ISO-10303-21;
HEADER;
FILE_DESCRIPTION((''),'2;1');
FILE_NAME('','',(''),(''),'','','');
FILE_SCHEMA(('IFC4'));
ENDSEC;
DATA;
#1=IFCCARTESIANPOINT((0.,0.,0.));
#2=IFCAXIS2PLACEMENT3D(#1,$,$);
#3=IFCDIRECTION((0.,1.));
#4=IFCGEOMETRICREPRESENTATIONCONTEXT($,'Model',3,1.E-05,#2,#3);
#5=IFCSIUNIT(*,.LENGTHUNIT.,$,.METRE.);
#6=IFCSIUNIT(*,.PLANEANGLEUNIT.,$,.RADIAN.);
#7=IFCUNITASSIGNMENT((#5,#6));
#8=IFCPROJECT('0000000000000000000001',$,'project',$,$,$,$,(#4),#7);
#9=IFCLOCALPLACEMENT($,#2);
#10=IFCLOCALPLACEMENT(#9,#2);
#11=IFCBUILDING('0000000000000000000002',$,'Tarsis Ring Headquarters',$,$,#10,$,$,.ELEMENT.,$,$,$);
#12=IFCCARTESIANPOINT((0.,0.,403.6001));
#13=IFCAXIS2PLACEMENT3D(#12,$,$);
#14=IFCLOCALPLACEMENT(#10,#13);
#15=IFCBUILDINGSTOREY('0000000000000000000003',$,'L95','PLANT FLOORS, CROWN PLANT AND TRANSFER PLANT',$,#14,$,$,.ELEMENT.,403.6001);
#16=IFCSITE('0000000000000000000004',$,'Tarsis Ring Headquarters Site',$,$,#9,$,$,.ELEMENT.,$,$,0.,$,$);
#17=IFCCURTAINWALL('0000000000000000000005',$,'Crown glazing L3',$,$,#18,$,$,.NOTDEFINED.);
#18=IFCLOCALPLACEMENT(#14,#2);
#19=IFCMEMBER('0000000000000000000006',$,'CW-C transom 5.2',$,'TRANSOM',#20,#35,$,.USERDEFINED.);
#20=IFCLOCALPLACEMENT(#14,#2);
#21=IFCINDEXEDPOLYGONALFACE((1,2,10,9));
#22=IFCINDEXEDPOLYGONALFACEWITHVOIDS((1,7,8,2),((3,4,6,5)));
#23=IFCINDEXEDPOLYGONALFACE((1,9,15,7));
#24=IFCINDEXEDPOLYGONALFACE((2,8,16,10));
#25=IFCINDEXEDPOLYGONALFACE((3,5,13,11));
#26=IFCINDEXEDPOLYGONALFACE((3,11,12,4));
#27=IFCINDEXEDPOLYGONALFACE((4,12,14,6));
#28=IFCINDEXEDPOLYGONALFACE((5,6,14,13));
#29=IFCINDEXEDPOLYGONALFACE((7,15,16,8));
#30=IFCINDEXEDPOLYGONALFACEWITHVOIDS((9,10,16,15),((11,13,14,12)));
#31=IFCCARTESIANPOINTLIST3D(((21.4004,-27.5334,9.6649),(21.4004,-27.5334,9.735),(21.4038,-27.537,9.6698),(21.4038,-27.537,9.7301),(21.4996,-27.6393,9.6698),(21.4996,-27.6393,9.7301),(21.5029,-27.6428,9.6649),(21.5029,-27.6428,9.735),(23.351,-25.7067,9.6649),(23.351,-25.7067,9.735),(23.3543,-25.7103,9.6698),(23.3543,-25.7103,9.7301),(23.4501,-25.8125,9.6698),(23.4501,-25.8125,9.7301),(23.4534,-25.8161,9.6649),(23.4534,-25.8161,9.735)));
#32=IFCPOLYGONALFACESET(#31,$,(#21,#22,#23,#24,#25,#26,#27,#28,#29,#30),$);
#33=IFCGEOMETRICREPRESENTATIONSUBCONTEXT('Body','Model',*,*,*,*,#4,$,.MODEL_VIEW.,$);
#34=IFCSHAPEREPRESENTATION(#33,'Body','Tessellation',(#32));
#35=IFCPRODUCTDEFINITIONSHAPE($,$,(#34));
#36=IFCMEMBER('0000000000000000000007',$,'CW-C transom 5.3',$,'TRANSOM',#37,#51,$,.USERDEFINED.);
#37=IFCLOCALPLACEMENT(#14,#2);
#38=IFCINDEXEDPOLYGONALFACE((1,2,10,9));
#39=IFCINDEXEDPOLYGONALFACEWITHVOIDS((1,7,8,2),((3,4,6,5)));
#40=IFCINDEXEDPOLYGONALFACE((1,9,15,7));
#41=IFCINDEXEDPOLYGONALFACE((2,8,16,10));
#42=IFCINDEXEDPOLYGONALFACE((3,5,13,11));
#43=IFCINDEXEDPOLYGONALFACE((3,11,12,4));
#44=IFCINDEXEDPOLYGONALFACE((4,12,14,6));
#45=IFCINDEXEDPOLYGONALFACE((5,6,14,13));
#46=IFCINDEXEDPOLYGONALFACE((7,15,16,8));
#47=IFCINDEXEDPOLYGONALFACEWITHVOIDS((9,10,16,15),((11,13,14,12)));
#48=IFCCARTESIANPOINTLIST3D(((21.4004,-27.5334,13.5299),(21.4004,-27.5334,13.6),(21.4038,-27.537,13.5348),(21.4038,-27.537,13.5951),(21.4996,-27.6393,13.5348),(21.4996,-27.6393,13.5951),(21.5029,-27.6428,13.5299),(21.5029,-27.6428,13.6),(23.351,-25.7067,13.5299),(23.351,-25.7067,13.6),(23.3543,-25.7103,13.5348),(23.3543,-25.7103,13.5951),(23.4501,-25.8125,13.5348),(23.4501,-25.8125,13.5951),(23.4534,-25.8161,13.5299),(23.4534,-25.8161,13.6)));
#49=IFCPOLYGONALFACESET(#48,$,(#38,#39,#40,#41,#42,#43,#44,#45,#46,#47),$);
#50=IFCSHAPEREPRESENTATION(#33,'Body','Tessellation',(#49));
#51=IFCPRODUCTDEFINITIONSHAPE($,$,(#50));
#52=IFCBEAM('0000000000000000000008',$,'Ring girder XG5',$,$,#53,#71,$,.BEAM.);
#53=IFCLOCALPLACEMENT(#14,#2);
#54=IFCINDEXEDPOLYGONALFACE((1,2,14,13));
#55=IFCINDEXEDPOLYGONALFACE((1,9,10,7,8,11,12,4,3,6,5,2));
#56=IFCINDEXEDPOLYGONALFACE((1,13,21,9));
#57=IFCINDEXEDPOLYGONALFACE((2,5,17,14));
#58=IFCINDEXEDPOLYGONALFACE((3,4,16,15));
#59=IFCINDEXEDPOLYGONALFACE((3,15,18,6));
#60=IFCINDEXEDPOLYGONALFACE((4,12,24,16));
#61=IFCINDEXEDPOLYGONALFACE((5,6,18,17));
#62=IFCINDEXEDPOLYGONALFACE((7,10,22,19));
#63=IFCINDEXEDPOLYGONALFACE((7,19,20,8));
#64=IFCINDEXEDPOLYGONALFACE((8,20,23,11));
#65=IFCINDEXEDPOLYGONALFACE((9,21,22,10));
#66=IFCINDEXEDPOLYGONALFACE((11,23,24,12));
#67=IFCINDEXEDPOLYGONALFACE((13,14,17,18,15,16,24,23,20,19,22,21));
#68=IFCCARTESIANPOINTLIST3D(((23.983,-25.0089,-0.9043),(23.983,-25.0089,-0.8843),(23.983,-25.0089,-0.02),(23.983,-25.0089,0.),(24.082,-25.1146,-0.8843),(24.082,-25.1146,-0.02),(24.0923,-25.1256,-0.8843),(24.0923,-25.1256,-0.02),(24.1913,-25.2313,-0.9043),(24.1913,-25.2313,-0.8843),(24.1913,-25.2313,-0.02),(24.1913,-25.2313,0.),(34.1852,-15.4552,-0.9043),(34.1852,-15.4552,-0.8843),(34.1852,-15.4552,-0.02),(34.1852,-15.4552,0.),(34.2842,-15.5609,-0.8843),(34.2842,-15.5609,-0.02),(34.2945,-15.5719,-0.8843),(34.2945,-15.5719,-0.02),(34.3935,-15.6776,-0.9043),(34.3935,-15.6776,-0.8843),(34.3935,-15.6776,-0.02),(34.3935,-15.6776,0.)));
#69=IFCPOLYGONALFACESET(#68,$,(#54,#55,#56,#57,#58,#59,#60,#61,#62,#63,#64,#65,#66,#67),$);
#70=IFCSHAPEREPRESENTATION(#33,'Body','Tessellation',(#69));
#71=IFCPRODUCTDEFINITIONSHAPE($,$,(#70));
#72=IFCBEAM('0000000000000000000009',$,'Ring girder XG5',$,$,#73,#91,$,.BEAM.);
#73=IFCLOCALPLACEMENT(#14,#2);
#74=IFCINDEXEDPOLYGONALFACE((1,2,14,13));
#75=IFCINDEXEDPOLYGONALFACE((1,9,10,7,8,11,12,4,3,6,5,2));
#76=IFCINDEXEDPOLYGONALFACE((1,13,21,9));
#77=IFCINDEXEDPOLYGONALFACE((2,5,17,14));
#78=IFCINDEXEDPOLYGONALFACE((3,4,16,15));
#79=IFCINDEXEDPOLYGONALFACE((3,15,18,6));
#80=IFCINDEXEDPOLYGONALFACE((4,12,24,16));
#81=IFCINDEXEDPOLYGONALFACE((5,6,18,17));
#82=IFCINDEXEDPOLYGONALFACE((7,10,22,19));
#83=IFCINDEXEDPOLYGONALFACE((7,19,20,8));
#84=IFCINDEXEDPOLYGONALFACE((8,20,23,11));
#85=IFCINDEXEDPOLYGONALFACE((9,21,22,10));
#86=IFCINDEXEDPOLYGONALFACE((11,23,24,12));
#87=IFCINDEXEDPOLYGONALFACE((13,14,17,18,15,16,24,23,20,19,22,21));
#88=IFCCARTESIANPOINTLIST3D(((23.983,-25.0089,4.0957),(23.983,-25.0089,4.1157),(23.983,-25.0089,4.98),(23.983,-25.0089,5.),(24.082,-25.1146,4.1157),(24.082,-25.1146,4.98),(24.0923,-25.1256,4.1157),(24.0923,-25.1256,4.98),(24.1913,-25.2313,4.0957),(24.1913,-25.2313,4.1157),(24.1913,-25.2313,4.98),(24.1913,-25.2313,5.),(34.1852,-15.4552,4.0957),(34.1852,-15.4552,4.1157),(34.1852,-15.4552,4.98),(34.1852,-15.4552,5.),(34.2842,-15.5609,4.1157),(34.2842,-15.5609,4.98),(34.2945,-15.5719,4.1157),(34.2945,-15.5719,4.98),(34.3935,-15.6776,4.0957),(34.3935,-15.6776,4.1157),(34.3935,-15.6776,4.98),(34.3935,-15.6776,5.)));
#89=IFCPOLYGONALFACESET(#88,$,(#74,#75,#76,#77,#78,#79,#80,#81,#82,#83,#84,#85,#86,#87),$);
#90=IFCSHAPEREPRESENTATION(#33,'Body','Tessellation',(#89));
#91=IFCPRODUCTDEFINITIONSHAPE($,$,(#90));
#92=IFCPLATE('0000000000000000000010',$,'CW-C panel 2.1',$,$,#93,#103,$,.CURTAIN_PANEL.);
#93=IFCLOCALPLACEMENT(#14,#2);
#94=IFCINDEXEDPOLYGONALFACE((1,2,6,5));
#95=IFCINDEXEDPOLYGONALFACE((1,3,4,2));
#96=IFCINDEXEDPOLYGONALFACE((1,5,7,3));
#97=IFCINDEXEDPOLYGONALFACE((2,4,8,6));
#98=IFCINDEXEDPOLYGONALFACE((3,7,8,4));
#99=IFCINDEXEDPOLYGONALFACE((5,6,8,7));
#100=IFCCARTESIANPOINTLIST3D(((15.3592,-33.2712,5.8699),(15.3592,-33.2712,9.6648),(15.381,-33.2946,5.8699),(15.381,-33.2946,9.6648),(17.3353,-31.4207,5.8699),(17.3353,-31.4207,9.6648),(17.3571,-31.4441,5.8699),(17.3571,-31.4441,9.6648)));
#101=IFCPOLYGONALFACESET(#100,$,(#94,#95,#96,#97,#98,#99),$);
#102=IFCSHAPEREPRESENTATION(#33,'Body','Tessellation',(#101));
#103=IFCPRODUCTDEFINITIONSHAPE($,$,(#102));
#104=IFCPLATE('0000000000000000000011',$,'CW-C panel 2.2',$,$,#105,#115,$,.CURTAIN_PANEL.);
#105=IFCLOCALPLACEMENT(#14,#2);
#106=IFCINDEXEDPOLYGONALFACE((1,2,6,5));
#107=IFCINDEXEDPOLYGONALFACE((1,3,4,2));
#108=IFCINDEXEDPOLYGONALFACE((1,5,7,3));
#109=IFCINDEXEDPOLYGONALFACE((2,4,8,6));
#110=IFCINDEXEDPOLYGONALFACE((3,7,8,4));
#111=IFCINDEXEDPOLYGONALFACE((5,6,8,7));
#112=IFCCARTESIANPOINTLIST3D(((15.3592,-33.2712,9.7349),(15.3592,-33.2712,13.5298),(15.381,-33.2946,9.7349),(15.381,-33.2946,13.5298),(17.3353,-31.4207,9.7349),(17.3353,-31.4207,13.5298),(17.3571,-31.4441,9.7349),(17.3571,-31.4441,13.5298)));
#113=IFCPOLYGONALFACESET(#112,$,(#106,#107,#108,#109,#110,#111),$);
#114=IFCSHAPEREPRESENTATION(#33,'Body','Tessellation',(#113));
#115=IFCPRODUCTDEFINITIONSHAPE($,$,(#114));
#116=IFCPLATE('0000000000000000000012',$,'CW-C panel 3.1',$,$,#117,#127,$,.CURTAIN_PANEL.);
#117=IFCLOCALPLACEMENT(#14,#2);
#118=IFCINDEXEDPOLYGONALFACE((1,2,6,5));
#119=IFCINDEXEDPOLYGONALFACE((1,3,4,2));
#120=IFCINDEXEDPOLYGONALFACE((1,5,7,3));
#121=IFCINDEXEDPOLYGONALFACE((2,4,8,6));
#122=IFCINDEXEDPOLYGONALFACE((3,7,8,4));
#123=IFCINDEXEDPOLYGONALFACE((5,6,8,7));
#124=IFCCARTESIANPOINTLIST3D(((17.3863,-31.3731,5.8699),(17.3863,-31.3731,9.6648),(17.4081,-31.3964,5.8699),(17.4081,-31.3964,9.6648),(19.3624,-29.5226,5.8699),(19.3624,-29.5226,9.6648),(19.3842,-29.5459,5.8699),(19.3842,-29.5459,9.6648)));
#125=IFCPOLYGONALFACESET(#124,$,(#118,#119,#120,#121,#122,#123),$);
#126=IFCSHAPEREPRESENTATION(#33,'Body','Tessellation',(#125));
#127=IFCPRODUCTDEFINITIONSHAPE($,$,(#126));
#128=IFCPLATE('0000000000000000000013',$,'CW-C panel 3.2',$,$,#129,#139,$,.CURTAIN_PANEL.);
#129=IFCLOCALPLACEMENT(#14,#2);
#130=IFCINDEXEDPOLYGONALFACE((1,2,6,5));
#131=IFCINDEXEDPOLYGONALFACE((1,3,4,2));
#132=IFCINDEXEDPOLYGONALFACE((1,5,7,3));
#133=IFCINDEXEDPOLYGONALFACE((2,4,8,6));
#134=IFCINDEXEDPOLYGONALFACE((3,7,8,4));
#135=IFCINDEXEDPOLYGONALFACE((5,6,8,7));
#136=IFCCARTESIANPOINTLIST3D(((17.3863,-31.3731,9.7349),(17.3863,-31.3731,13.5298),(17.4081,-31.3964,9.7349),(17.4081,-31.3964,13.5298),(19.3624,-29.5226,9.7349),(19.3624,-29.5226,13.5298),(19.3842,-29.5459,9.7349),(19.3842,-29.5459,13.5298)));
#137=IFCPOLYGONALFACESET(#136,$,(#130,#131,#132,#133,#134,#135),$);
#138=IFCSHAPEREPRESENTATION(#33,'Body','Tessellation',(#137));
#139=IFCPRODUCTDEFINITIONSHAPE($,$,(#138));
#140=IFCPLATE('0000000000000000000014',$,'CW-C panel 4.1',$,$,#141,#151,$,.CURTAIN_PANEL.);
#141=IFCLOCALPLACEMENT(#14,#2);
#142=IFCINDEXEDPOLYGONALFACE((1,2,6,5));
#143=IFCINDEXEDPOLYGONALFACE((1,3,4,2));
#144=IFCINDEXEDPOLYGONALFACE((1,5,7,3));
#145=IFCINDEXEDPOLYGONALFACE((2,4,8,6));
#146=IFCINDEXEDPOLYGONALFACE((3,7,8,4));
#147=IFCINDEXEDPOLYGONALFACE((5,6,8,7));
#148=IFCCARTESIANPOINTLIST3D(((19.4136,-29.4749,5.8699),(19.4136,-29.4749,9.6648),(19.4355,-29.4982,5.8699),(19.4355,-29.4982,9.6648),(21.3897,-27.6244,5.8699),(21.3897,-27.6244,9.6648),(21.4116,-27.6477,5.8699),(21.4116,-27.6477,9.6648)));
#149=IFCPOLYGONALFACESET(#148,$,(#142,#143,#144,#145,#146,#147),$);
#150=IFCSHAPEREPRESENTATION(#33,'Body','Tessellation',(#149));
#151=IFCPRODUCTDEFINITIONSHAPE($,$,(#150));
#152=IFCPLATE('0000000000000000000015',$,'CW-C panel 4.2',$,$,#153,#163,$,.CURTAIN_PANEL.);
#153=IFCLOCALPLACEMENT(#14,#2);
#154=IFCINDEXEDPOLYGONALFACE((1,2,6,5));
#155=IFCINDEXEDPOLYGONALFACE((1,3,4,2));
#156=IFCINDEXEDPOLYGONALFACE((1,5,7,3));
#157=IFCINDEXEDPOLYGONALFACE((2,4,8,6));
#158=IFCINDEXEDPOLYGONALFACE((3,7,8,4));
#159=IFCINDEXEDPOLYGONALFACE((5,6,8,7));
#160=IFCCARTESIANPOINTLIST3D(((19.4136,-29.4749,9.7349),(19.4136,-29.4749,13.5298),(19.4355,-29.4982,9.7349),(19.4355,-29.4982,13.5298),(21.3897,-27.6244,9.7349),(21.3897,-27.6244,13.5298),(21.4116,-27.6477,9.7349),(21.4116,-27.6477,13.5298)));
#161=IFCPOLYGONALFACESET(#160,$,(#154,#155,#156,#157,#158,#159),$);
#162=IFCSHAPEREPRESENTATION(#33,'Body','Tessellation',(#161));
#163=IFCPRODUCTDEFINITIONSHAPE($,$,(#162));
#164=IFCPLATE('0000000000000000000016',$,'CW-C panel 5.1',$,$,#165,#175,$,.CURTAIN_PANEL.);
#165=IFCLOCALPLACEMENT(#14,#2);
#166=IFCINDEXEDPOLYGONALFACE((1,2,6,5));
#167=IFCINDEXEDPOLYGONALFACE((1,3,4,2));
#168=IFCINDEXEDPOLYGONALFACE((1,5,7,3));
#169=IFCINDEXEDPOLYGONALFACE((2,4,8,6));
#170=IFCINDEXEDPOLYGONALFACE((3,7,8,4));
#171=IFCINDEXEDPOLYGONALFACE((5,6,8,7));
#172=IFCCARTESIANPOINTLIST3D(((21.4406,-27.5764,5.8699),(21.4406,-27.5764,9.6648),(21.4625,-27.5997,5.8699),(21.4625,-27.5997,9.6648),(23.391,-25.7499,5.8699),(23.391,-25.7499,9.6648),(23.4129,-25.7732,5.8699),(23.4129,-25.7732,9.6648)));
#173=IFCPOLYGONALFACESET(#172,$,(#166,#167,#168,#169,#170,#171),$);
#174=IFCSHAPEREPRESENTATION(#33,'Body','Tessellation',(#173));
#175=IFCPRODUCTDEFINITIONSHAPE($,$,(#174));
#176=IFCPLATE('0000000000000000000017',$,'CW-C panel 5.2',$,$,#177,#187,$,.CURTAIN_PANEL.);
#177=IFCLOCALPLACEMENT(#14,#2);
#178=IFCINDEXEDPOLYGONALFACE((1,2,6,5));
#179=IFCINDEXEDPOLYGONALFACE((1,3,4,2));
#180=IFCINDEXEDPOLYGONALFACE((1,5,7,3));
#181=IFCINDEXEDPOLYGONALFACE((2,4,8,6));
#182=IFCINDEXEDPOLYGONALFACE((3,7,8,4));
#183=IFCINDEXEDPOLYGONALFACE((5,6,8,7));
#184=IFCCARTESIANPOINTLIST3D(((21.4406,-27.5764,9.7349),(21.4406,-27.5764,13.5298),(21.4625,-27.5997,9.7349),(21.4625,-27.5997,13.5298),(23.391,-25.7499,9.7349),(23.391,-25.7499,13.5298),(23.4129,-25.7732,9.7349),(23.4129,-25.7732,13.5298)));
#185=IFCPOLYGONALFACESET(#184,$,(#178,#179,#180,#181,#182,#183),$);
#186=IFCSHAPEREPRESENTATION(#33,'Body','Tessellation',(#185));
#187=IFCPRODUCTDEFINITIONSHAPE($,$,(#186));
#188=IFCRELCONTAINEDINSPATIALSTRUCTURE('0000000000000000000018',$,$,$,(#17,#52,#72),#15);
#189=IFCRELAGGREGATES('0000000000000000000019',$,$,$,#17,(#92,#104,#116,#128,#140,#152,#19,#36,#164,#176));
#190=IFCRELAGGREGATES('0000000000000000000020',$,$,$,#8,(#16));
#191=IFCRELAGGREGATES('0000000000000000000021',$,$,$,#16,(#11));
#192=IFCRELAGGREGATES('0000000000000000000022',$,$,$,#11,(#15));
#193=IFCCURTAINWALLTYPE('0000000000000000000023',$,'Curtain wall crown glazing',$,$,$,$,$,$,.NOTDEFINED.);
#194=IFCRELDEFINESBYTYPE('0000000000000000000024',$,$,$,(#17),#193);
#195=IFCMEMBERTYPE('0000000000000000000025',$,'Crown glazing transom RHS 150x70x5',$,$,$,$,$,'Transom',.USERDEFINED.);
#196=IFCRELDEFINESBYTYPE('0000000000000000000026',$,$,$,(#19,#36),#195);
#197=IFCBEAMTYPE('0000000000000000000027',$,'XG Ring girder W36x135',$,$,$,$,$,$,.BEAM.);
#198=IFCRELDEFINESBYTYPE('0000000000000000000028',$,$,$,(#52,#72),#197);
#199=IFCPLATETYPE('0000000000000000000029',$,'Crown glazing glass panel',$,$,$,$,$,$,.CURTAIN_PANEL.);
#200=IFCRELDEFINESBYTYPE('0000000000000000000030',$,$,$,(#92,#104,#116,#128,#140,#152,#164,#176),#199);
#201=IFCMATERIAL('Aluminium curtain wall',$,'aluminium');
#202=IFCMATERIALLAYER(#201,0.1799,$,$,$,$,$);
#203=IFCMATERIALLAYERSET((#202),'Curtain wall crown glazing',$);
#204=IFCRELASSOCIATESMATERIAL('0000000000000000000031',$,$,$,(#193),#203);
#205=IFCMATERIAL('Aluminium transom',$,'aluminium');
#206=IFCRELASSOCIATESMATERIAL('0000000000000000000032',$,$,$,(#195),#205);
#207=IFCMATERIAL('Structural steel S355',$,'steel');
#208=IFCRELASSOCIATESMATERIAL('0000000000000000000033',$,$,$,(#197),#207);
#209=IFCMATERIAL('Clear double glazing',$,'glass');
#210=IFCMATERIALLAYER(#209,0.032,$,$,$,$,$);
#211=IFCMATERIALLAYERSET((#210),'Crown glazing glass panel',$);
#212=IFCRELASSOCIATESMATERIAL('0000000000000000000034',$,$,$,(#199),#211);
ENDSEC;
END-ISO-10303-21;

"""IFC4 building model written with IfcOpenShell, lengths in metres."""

from ifc_helpers import new_model, si_unit, direction, frame, origin, origin_2d, place, context, subcontext, project, spatial, rectangle, hollow_rectangle, i_section, extrude, material, layer, layer_set, material_profile, profile_set, type_object, element, aggregate, save


model = new_model("IFC4")

# Units and contexts
model_context = context("Model", 3, precision=1e-05, world=origin(), true_north=direction((0.0, 1.0)))
body_context = subcontext(model_context, "Body", "Model", "MODEL_VIEW")
ifc_project = project(units=[si_unit("LENGTHUNIT", "METRE"), si_unit("PLANEANGLEUNIT", "RADIAN")], contexts=[model_context])

# Site, building, storey
site_placement = place(None, origin())
site = spatial("IfcSite", under=ifc_project, at=site_placement, Name="Tarsis Ring Headquarters Site", CompositionType="ELEMENT", RefElevation=0.0)
building_placement = place(site_placement, origin())
building = spatial("IfcBuilding", under=site, at=building_placement, Name="Tarsis Ring Headquarters", CompositionType="ELEMENT")
storey_placement = place(building_placement, frame((0.0, 0.0, 403.6001)))
storey = spatial("IfcBuildingStorey", under=building, at=storey_placement, Name="L95", Description="PLANT FLOORS, CROWN PLANT AND TRANSFER PLANT", CompositionType="ELEMENT", Elevation=403.6001)

# Shared definitions
ifc_material_1 = material(Name="Structural steel S355", Category="steel")

# Curtain wall, members
ifc_material_2 = material(Name="Aluminium curtain wall", Category="aluminium")
ifc_layer_1 = layer(ifc_material_2, 0.1799)
ifc_layer_set_1 = layer_set([ifc_layer_1], Name="Curtain wall crown glazing")
curtain_wall_type = type_object("IfcCurtainWallType", Name="Curtain wall crown glazing", PredefinedType="NOTDEFINED", material=ifc_layer_set_1)
curtain_wall_placement = place(storey_placement, origin())
curtain_wall = element("IfcCurtainWall", 1, at=curtain_wall_placement, inside=storey, type_object=curtain_wall_type, Name="Crown glazing L3", PredefinedType="NOTDEFINED")
ifc_material_3 = material(Name="Aluminium transom", Category="aluminium")
ifc_material_profile_1 = material_profile(ifc_material_3, hollow_rectangle(XDim=0.1499, YDim=0.0701, WallThickness=0.0049, at=origin_2d()), Name="RHS 150x70x5")
ifc_profile_set_1 = profile_set([ifc_material_profile_1], Name="Aluminium transom")
member_type_1 = type_object("IfcMemberType", Name="Crown glazing transom RHS 150x70x5", ElementType="Transom", PredefinedType="USERDEFINED", material=ifc_profile_set_1)
member_1_placement = place(storey_placement, frame((21.4517, -27.5881, 9.7), z_axis=(0.729888, 0.683567, 0.0), x_axis=(-0.683567, 0.729888, 0.0)))
member_1 = element("IfcMember", 2, at=member_1_placement, type_object=member_type_1, Name="CW-C transom 5.2", ObjectType="TRANSOM", PredefinedType="USERDEFINED", context=body_context, shape_type="SweptSolid", body=[
    extrude(hollow_rectangle(XDim=0.1499, YDim=0.0701, WallThickness=0.0049, at=origin_2d()), origin(), (0.0, 0.0, 1.0), 2.6724),
])
member_2_placement = place(storey_placement, frame((21.4517, -27.5881, 13.5649), z_axis=(0.729888, 0.683567, 0.0), x_axis=(-0.683567, 0.729888, 0.0)))
member_2 = element("IfcMember", 3, at=member_2_placement, type_object=member_type_1, Name="CW-C transom 5.3", ObjectType="TRANSOM", PredefinedType="USERDEFINED", context=body_context, shape_type="SweptSolid", body=[
    extrude(hollow_rectangle(XDim=0.1499, YDim=0.0701, WallThickness=0.0049, at=origin_2d()), origin(), (0.0, 0.0, 1.0), 2.6724),
])

# Beams
ifc_material_profile_2 = material_profile(ifc_material_1, i_section(OverallWidth=0.3047, OverallDepth=0.9043, WebThickness=0.0151, FlangeThickness=0.02, at=origin_2d()), Name="W36x135")
ifc_profile_set_2 = profile_set([ifc_material_profile_2], Name="Structural steel S355")
beam_type_1 = type_object("IfcBeamType", Name="XG Ring girder W36x135", PredefinedType="BEAM", material=ifc_profile_set_2)
for number, where, z_axis, x_axis, name in (
    (4, (24.0872, -25.1201, -0.4521), (0.729923, 0.68353, 0.0), (-0.68353, 0.729923, 0.0), "Ring girder XG5"),
    (5, (24.0872, -25.1201, 4.5479), (0.729923, 0.68353, 0.0), (-0.68353, 0.729923, 0.0), "Ring girder XG5"),
):
    element("IfcBeam", number, at=place(storey_placement, frame(where, z_axis=z_axis, x_axis=x_axis)), inside=storey, type_object=beam_type_1, Name=name, PredefinedType="BEAM", context=body_context, shape_type="SweptSolid", body=[
        extrude(i_section(OverallWidth=0.3047, OverallDepth=0.9043, WebThickness=0.0151, FlangeThickness=0.02, at=origin_2d()), origin(), (0.0, 0.0, 1.0), 13.9771),
    ])

# Plates
ifc_material_4 = material(Name="Clear double glazing", Category="glass")
ifc_layer_2 = layer(ifc_material_4, 0.032)
ifc_layer_set_2 = layer_set([ifc_layer_2], Name="Crown glazing glass panel")
plate_type = type_object("IfcPlateType", Name="Crown glazing glass panel", PredefinedType="CURTAIN_PANEL", material=ifc_layer_set_2)
plate_1_placement = place(storey_placement, frame((16.3582, -32.3577, 5.8699), z_axis=(0.0, 0.0, 1.0), x_axis=(0.729924, 0.683529, 0.0)))
plate_1 = element("IfcPlate", 6, at=plate_1_placement, type_object=plate_type, Name="CW-C panel 2.1", PredefinedType="CURTAIN_PANEL", context=body_context, shape_type="SweptSolid", body=[
    extrude(rectangle(XDim=2.7073, YDim=0.032, at=origin_2d()), origin(), (0.0, 0.0, 1.0), 3.7949),
])
plate_2_placement = place(storey_placement, frame((16.3582, -32.3577, 9.7349), z_axis=(0.0, 0.0, 1.0), x_axis=(0.729924, 0.683529, 0.0)))
plate_2 = element("IfcPlate", 7, at=plate_2_placement, type_object=plate_type, Name="CW-C panel 2.2", PredefinedType="CURTAIN_PANEL", context=body_context, shape_type="SweptSolid", body=[
    extrude(rectangle(XDim=2.7073, YDim=0.032, at=origin_2d()), origin(), (0.0, 0.0, 1.0), 3.7949),
])
plate_3_placement = place(storey_placement, frame((18.3853, -30.4595, 5.8699), z_axis=(0.0, 0.0, 1.0), x_axis=(0.729924, 0.683529, 0.0)))
plate_3 = element("IfcPlate", 8, at=plate_3_placement, type_object=plate_type, Name="CW-C panel 3.1", PredefinedType="CURTAIN_PANEL", context=body_context, shape_type="SweptSolid", body=[
    extrude(rectangle(XDim=2.7073, YDim=0.032, at=origin_2d()), origin(), (0.0, 0.0, 1.0), 3.7949),
])
plate_4_placement = place(storey_placement, frame((18.3853, -30.4595, 9.7349), z_axis=(0.0, 0.0, 1.0), x_axis=(0.729924, 0.683529, 0.0)))
plate_4 = element("IfcPlate", 9, at=plate_4_placement, type_object=plate_type, Name="CW-C panel 3.2", PredefinedType="CURTAIN_PANEL", context=body_context, shape_type="SweptSolid", body=[
    extrude(rectangle(XDim=2.7073, YDim=0.032, at=origin_2d()), origin(), (0.0, 0.0, 1.0), 3.7949),
])
plate_5_placement = place(storey_placement, frame((20.4126, -28.5613, 5.8699), z_axis=(0.0, 0.0, 1.0), x_axis=(0.729924, 0.683529, 0.0)))
plate_5 = element("IfcPlate", 10, at=plate_5_placement, type_object=plate_type, Name="CW-C panel 4.1", PredefinedType="CURTAIN_PANEL", context=body_context, shape_type="SweptSolid", body=[
    extrude(rectangle(XDim=2.7073, YDim=0.032, at=origin_2d()), origin(), (0.0, 0.0, 1.0), 3.7949),
])
plate_6_placement = place(storey_placement, frame((20.4126, -28.5613, 9.7349), z_axis=(0.0, 0.0, 1.0), x_axis=(0.729924, 0.683529, 0.0)))
plate_6 = element("IfcPlate", 11, at=plate_6_placement, type_object=plate_type, Name="CW-C panel 4.2", PredefinedType="CURTAIN_PANEL", context=body_context, shape_type="SweptSolid", body=[
    extrude(rectangle(XDim=2.7073, YDim=0.032, at=origin_2d()), origin(), (0.0, 0.0, 1.0), 3.7949),
])
plate_7_placement = place(storey_placement, frame((22.4268, -26.6748, 5.8699), z_axis=(0.0, 0.0, 1.0), x_axis=(0.729924, 0.683529, 0.0)))
plate_7 = element("IfcPlate", 12, at=plate_7_placement, type_object=plate_type, Name="CW-C panel 5.1", PredefinedType="CURTAIN_PANEL", context=body_context, shape_type="SweptSolid", body=[
    extrude(rectangle(XDim=2.6721, YDim=0.032, at=origin_2d()), origin(), (0.0, 0.0, 1.0), 3.7949),
])
plate_8_placement = place(storey_placement, frame((22.4268, -26.6748, 9.7349), z_axis=(0.0, 0.0, 1.0), x_axis=(0.729924, 0.683529, 0.0)))
plate_8 = element("IfcPlate", 13, at=plate_8_placement, type_object=plate_type, Name="CW-C panel 5.2", PredefinedType="CURTAIN_PANEL", context=body_context, shape_type="SweptSolid", body=[
    extrude(rectangle(XDim=2.6721, YDim=0.032, at=origin_2d()), origin(), (0.0, 0.0, 1.0), 3.7949),
])
aggregate(curtain_wall, [plate_1, plate_2, plate_3, plate_4, plate_5, plate_6, member_1, member_2, plate_7, plate_8])

save(model, "model.ifc")
